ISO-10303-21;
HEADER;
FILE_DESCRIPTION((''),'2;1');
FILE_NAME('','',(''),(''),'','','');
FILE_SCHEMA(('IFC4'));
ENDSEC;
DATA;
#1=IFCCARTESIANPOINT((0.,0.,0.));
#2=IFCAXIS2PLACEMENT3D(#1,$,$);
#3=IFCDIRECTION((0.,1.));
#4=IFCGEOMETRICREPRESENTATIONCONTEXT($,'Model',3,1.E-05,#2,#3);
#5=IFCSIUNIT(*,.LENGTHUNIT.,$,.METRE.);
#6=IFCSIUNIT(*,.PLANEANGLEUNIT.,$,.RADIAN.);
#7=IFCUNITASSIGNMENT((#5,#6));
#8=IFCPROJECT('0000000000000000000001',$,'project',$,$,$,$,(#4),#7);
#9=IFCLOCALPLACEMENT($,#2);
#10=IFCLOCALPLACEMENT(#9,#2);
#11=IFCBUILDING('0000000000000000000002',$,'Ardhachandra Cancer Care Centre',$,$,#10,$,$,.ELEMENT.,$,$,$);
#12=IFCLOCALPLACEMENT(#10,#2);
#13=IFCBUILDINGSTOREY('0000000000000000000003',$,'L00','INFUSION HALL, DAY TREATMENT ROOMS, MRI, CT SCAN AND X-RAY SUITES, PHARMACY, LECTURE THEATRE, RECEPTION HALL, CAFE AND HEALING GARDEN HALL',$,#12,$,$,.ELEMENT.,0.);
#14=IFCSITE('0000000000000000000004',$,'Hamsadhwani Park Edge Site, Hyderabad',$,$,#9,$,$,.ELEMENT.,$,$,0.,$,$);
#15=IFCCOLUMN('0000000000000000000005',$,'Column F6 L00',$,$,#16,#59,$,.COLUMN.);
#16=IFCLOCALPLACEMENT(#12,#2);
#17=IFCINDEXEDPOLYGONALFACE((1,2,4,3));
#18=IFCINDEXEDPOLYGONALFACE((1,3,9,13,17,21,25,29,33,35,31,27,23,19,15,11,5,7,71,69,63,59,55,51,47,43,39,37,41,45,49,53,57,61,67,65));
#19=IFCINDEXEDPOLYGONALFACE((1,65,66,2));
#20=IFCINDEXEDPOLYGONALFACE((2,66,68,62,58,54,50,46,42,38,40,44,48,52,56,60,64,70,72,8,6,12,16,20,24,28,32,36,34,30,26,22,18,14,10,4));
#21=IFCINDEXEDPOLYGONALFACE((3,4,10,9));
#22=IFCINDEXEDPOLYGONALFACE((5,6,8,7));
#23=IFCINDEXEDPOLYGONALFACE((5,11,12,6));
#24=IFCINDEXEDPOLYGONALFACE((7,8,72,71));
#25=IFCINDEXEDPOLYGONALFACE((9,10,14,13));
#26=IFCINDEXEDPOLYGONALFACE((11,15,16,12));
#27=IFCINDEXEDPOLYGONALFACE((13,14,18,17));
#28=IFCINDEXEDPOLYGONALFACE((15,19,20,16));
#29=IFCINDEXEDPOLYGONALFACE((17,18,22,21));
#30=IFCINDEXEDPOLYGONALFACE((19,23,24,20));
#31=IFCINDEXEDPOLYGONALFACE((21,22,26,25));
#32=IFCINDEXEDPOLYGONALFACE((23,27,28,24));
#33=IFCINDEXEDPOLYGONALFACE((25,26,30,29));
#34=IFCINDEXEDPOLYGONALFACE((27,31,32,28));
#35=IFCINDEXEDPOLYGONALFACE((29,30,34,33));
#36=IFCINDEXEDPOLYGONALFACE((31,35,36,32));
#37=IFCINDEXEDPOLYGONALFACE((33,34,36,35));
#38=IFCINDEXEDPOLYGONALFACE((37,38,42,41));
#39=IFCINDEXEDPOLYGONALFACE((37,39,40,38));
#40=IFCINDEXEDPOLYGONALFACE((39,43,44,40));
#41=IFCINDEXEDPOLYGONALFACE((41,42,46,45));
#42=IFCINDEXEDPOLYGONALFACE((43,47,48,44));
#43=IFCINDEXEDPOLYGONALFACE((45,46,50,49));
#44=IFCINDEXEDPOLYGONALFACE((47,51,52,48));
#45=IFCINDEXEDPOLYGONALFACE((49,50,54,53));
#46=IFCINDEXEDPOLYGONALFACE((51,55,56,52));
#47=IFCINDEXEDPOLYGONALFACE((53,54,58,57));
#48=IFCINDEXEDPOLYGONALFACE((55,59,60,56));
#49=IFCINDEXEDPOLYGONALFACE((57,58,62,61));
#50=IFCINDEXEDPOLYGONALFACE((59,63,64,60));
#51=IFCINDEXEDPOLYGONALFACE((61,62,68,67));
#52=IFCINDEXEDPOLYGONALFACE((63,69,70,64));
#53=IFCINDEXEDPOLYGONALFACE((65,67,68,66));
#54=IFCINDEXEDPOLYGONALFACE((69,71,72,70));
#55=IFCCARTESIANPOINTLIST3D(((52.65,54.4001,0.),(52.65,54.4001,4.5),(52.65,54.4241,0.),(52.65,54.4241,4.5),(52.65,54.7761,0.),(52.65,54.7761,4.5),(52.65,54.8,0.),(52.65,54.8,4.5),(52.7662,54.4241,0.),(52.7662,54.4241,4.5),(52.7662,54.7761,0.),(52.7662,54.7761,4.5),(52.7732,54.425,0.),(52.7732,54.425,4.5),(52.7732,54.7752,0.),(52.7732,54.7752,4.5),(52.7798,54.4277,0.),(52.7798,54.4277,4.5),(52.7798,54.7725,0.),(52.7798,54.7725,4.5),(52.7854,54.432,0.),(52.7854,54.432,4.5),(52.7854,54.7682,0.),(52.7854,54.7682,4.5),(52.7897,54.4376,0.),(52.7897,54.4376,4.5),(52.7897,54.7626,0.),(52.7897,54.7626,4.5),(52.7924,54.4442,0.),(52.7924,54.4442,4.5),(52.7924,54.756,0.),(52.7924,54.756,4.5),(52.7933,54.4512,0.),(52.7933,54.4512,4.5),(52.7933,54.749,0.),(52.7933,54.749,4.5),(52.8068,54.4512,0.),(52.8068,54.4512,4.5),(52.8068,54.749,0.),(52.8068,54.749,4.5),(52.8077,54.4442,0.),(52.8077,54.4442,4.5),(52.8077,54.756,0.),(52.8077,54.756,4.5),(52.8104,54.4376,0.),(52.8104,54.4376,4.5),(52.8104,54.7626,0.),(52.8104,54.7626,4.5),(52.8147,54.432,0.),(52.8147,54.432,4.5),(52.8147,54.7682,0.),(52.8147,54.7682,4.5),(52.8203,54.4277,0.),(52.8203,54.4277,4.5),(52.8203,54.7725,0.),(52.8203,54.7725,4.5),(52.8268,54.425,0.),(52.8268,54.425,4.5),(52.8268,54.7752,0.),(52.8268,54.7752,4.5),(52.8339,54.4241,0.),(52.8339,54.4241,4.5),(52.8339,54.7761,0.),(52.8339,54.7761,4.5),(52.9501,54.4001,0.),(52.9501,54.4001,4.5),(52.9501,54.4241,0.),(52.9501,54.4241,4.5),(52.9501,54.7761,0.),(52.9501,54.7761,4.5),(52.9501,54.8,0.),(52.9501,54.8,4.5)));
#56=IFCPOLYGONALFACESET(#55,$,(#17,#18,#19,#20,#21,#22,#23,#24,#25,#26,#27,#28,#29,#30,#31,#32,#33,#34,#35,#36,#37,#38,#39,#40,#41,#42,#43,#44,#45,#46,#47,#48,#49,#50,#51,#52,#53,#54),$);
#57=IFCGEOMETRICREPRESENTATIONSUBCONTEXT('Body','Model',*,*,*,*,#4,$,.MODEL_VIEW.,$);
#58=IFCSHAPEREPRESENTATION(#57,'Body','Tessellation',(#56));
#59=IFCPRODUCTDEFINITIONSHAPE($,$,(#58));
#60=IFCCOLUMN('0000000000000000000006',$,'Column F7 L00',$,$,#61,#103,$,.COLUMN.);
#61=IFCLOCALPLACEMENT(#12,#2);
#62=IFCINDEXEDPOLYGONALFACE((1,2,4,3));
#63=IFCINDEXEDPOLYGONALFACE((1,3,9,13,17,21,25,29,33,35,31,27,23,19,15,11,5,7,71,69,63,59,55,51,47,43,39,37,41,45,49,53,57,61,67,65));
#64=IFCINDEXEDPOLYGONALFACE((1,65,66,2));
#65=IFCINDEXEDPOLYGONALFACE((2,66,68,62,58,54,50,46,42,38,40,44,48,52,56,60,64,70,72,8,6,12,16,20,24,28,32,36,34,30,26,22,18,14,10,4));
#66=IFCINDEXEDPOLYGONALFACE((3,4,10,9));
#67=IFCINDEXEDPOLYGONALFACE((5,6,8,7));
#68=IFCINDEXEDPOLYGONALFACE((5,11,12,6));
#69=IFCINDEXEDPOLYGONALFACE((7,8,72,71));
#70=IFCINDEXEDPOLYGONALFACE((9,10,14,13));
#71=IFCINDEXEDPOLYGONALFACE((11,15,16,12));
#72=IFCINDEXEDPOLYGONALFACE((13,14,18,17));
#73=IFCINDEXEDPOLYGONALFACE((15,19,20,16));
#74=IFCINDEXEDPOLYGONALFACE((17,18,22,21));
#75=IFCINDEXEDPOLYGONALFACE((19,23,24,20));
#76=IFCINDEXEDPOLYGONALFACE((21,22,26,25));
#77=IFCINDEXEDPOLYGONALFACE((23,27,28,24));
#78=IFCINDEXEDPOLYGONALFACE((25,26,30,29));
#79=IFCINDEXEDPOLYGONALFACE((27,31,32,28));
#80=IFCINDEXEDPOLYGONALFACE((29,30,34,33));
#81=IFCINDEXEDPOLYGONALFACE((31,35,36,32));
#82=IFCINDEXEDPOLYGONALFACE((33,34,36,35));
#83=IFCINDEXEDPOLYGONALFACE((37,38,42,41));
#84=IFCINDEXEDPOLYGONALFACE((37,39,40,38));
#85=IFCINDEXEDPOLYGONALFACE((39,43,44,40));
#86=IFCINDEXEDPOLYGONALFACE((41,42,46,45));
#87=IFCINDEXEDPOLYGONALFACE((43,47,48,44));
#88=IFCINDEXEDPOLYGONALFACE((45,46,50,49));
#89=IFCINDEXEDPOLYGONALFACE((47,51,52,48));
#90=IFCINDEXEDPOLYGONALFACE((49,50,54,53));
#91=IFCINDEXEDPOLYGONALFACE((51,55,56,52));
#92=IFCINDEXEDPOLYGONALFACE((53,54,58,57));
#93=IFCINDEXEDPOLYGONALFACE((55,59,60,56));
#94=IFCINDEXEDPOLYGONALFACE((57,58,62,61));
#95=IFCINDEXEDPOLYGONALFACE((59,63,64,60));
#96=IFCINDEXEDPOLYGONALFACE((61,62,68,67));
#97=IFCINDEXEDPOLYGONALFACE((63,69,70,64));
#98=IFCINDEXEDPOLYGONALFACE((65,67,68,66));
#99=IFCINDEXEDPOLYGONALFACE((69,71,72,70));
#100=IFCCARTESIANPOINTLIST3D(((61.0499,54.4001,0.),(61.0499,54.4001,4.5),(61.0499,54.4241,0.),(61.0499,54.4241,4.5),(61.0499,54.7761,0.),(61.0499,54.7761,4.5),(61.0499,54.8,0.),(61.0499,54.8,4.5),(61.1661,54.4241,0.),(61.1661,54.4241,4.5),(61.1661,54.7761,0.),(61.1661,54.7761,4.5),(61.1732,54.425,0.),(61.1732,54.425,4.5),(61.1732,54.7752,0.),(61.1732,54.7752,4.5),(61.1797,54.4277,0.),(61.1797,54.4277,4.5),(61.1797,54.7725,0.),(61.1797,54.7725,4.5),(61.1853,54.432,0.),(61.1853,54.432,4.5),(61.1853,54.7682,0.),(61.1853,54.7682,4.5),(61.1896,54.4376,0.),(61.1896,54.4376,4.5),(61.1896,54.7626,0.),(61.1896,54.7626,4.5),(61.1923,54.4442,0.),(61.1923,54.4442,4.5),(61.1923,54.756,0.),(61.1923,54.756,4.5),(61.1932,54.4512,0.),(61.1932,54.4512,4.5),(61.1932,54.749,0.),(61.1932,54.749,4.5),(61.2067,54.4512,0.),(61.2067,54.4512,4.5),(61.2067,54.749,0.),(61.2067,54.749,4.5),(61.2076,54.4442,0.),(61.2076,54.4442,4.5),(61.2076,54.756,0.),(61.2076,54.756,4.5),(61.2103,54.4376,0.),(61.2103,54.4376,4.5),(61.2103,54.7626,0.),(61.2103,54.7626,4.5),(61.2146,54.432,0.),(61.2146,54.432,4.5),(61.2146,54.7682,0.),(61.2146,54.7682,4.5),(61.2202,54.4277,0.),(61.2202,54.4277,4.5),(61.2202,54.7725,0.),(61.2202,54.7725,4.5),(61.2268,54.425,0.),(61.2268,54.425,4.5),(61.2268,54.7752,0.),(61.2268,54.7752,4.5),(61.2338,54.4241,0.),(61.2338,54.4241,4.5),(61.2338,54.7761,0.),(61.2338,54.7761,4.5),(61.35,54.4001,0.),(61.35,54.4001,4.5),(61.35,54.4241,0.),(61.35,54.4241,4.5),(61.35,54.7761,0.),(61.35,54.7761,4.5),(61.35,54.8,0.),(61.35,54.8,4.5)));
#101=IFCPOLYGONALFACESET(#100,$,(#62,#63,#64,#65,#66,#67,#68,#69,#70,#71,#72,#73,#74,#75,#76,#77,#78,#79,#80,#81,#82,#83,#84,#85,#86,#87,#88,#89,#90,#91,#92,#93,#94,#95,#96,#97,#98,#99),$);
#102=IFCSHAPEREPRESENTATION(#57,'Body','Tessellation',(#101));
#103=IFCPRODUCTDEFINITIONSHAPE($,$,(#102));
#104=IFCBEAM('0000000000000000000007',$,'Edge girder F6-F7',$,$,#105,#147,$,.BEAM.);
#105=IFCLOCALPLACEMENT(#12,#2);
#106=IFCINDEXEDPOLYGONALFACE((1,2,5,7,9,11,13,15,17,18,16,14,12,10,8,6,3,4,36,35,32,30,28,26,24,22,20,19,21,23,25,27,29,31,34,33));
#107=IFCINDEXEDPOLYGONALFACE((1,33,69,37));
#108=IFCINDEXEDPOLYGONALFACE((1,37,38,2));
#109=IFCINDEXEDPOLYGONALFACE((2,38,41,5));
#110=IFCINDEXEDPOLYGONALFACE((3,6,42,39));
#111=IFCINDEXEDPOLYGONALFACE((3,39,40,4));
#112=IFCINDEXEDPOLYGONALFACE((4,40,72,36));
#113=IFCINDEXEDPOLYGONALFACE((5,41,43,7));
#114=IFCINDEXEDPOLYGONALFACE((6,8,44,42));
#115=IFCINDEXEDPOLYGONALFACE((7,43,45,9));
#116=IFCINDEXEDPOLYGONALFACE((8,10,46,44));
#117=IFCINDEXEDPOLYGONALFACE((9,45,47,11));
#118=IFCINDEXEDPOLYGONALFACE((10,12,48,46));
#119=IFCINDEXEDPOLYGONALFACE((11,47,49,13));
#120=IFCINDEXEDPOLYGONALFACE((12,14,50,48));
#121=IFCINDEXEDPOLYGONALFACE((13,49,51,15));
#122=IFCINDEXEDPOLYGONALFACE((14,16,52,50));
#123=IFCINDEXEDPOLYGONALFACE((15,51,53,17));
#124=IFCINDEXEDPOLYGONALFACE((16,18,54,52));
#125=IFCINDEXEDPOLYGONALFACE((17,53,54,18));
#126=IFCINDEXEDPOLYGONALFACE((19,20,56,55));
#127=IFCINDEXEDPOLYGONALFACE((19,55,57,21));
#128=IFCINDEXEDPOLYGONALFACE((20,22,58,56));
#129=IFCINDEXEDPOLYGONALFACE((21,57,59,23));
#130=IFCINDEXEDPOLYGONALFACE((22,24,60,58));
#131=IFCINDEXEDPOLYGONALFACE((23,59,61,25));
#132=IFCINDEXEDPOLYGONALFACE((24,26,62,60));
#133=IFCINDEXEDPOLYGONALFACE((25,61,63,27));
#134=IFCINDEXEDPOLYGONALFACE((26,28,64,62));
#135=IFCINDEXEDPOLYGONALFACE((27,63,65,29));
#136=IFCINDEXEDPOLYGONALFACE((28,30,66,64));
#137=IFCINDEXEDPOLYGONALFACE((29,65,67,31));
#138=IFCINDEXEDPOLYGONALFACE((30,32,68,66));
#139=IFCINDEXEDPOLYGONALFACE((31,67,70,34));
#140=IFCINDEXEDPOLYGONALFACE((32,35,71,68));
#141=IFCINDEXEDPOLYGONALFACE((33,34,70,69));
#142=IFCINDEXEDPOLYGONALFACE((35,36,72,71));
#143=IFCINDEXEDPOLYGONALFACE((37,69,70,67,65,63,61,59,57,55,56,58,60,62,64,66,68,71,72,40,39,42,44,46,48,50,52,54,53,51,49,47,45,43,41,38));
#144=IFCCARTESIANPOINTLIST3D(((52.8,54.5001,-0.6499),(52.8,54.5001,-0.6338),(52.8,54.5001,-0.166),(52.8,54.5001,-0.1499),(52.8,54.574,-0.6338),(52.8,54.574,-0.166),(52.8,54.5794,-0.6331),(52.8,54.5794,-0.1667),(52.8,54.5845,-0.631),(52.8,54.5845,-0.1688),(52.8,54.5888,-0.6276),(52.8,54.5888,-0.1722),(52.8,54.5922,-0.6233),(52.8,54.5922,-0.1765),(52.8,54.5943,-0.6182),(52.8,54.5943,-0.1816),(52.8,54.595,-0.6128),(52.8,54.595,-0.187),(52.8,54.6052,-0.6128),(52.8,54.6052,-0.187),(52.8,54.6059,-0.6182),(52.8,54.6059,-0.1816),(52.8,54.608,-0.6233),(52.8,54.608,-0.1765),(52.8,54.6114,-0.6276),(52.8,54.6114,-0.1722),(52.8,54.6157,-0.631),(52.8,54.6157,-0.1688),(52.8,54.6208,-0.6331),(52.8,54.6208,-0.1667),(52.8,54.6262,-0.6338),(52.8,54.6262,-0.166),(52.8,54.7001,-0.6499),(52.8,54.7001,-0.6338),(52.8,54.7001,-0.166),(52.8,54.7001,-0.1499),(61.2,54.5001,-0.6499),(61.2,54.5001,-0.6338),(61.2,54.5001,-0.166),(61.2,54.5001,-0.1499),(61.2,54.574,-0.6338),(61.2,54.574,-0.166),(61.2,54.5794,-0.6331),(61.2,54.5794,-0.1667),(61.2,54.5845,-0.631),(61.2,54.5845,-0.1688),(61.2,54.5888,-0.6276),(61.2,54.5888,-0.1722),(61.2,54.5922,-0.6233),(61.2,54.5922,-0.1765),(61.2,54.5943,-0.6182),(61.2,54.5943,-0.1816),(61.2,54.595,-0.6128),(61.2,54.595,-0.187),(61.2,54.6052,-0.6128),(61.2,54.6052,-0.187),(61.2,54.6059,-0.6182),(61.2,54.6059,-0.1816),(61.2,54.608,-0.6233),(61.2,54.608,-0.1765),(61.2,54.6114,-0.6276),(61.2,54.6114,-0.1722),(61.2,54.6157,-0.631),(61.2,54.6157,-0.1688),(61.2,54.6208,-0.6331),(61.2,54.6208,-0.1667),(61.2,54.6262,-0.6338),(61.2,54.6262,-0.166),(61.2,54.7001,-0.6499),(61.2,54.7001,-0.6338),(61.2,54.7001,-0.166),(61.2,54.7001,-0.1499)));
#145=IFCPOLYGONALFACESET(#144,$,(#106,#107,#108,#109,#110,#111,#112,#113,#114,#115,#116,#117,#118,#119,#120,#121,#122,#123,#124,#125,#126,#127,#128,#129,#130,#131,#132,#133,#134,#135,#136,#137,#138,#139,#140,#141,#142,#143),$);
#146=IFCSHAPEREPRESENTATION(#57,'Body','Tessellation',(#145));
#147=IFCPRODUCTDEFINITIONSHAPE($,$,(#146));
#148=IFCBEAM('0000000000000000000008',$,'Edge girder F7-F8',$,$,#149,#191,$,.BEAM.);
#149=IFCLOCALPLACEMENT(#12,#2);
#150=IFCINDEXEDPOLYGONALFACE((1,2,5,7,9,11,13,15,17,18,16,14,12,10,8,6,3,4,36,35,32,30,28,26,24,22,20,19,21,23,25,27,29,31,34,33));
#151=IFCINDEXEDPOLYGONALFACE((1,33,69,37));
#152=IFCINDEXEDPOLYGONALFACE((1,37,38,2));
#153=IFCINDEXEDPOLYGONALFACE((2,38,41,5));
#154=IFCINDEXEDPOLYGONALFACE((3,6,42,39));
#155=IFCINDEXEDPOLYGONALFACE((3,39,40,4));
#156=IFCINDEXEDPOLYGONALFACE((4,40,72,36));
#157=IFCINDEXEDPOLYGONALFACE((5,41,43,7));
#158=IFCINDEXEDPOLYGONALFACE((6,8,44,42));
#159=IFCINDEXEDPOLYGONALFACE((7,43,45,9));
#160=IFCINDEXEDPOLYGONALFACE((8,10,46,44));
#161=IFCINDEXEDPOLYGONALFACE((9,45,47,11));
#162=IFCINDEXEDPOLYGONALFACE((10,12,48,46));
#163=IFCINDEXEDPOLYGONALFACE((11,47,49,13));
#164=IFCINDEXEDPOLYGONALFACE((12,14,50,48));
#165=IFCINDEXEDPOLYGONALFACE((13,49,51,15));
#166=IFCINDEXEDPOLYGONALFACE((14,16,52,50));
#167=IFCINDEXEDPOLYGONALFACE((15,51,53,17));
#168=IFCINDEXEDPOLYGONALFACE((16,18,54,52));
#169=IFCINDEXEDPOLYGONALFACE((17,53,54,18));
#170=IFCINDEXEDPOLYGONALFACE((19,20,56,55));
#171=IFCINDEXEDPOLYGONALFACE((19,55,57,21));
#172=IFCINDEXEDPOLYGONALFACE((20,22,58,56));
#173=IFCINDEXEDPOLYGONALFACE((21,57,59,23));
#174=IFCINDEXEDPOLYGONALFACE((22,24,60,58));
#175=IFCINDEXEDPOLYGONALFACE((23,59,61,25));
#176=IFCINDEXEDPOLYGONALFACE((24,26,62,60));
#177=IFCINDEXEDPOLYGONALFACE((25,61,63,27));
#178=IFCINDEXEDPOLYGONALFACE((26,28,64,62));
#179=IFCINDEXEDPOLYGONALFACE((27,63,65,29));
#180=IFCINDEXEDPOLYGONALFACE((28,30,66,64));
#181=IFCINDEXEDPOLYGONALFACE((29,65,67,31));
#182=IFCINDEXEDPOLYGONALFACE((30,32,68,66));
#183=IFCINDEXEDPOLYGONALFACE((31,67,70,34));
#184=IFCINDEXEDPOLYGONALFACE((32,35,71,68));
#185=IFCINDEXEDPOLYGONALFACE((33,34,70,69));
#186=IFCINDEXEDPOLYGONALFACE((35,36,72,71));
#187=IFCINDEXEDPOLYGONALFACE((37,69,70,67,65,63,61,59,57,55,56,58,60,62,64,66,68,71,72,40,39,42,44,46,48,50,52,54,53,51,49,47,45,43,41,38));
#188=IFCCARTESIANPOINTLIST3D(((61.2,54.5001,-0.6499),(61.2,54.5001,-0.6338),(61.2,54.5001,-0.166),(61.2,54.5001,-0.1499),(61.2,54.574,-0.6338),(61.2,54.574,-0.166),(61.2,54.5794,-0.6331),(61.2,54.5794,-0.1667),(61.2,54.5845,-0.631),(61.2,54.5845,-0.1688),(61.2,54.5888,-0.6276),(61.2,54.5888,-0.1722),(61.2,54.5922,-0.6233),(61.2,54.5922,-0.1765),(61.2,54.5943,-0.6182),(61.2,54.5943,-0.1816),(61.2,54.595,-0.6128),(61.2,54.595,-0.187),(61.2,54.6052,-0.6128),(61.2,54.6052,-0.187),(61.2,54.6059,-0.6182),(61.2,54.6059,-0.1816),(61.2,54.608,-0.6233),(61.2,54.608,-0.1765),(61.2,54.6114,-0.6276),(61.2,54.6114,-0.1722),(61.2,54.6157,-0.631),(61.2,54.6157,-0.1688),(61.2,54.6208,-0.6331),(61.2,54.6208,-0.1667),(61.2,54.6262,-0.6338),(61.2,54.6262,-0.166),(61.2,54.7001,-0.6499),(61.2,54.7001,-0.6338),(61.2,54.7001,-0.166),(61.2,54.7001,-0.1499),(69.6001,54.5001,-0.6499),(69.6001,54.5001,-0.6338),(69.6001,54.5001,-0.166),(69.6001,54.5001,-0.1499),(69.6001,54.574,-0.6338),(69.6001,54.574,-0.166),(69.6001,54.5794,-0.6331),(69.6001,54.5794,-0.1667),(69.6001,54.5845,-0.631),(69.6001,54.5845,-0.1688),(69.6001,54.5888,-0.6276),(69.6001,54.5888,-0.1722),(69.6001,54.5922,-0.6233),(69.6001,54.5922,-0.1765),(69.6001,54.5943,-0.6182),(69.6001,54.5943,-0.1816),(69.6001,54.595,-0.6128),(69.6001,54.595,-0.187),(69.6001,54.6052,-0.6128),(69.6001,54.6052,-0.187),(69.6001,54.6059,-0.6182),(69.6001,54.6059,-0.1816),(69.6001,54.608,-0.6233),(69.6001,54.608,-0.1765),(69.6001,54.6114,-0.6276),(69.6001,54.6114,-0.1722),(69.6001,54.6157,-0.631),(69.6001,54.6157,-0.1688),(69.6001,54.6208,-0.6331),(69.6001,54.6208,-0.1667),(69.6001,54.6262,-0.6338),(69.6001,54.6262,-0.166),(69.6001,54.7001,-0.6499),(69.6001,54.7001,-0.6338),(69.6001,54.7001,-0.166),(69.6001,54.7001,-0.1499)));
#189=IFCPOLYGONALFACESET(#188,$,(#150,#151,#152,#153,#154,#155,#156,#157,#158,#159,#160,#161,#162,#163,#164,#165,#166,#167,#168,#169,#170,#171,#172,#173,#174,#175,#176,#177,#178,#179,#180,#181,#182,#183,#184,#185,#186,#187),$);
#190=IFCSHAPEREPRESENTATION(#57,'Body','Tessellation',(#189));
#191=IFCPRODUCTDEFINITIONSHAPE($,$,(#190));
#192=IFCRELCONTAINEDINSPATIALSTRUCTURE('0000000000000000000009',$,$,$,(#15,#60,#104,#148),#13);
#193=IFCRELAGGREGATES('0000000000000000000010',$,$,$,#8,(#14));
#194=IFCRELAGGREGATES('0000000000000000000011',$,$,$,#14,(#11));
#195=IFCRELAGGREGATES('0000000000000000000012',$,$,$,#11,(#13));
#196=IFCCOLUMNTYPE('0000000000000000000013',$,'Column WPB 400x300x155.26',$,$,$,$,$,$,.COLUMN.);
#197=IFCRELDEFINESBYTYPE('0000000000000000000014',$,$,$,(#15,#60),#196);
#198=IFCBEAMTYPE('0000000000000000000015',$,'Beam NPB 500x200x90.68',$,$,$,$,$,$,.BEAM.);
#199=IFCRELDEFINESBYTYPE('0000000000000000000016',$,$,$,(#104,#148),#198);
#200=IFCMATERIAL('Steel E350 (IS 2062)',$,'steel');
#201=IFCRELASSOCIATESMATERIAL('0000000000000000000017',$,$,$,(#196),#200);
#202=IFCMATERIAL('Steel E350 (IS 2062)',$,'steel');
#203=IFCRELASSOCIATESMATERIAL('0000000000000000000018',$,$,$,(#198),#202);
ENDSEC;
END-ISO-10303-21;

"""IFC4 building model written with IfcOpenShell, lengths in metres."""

from ifc_helpers import new_model, si_unit, direction, frame, origin, origin_2d, place, context, subcontext, project, spatial, i_section, extrude, material, material_profile, profile_set, type_object, element, save


model = new_model("IFC4")

# Units and contexts
model_context = context("Model", 3, precision=1e-05, world=origin(), true_north=direction((0.0, 1.0)))
body_context = subcontext(model_context, "Body", "Model", "MODEL_VIEW")
ifc_project = project(units=[si_unit("LENGTHUNIT", "METRE"), si_unit("PLANEANGLEUNIT", "RADIAN")], contexts=[model_context])

# Site, building, storey
site_placement = place(None, origin())
site = spatial("IfcSite", under=ifc_project, at=site_placement, Name="Hamsadhwani Park Edge Site, Hyderabad", CompositionType="ELEMENT", RefElevation=0.0)
building_placement = place(site_placement, origin())
building = spatial("IfcBuilding", under=site, at=building_placement, Name="Ardhachandra Cancer Care Centre", CompositionType="ELEMENT")
storey_placement = place(building_placement, origin())
storey = spatial("IfcBuildingStorey", under=building, at=storey_placement, Name="L00", Description="INFUSION HALL, DAY TREATMENT ROOMS, MRI, CT SCAN AND X-RAY SUITES, PHARMACY, LECTURE THEATRE, RECEPTION HALL, CAFE AND HEALING GARDEN HALL", CompositionType="ELEMENT", Elevation=0.0)

# Columns
ifc_material_1 = material(Name="Steel E350 (IS 2062)", Category="steel")
ifc_material_profile_1 = material_profile(ifc_material_1, i_section(OverallWidth=0.3, OverallDepth=0.3999, WebThickness=0.0134, FlangeThickness=0.0239, FilletRadius=0.0271, at=origin_2d()), Name="WPB 400x300x155.26")
ifc_profile_set_1 = profile_set([ifc_material_profile_1], Name="Steel E350 (IS 2062)")
column_type = type_object("IfcColumnType", Name="Column WPB 400x300x155.26", PredefinedType="COLUMN", material=ifc_profile_set_1)
for number, where, z_axis, x_axis, name in (
    (1, (52.8, 54.6001, 0.0), (0.0, 0.0, 1.0), (1.0, 0.0, 0.0), "Column F6 L00"),
    (2, (61.2, 54.6001, 0.0), (0.0, 0.0, 1.0), (1.0, 0.0, 0.0), "Column F7 L00"),
):
    element("IfcColumn", number, at=place(storey_placement, frame(where, z_axis=z_axis, x_axis=x_axis)), inside=storey, type_object=column_type, Name=name, PredefinedType="COLUMN", context=body_context, shape_type="SweptSolid", body=[
        extrude(i_section(OverallWidth=0.3, OverallDepth=0.3999, WebThickness=0.0134, FlangeThickness=0.0239, FilletRadius=0.0271, at=origin_2d()), origin(), (0.0, 0.0, 1.0), 4.5),
    ])

# Beams
ifc_material_2 = material(Name="Steel E350 (IS 2062)", Category="steel")
ifc_material_profile_2 = material_profile(ifc_material_2, i_section(OverallWidth=0.2, OverallDepth=0.5, WebThickness=0.0103, FlangeThickness=0.0161, FilletRadius=0.021, at=origin_2d()), Name="NPB 500x200x90.68")
ifc_profile_set_2 = profile_set([ifc_material_profile_2], Name="Steel E350 (IS 2062)")
beam_type_1 = type_object("IfcBeamType", Name="Beam NPB 500x200x90.68", PredefinedType="BEAM", material=ifc_profile_set_2)
beam_1_placement = place(storey_placement, frame((52.8, 54.6001, -0.3999), z_axis=(1.0, 0.0, 0.0), x_axis=(0.0, 1.0, 0.0)))
element("IfcBeam", 3, at=beam_1_placement, inside=storey, type_object=beam_type_1, Name="Edge girder F6-F7", PredefinedType="BEAM", context=body_context, shape_type="SweptSolid", body=[
    extrude(i_section(OverallWidth=0.2, OverallDepth=0.5, WebThickness=0.0103, FlangeThickness=0.0161, FilletRadius=0.021, at=origin_2d()), origin(), (0.0, 0.0, 1.0), 8.3999),
])
beam_2_placement = place(storey_placement, frame((61.2, 54.6001, -0.3999), z_axis=(1.0, 0.0, 0.0), x_axis=(0.0, 1.0, 0.0)))
element("IfcBeam", 4, at=beam_2_placement, inside=storey, type_object=beam_type_1, Name="Edge girder F7-F8", PredefinedType="BEAM", context=body_context, shape_type="SweptSolid", body=[
    extrude(i_section(OverallWidth=0.2, OverallDepth=0.5, WebThickness=0.0103, FlangeThickness=0.0161, FilletRadius=0.021, at=origin_2d()), origin(), (0.0, 0.0, 1.0), 8.4001),
])

save(model, "model.ifc")
